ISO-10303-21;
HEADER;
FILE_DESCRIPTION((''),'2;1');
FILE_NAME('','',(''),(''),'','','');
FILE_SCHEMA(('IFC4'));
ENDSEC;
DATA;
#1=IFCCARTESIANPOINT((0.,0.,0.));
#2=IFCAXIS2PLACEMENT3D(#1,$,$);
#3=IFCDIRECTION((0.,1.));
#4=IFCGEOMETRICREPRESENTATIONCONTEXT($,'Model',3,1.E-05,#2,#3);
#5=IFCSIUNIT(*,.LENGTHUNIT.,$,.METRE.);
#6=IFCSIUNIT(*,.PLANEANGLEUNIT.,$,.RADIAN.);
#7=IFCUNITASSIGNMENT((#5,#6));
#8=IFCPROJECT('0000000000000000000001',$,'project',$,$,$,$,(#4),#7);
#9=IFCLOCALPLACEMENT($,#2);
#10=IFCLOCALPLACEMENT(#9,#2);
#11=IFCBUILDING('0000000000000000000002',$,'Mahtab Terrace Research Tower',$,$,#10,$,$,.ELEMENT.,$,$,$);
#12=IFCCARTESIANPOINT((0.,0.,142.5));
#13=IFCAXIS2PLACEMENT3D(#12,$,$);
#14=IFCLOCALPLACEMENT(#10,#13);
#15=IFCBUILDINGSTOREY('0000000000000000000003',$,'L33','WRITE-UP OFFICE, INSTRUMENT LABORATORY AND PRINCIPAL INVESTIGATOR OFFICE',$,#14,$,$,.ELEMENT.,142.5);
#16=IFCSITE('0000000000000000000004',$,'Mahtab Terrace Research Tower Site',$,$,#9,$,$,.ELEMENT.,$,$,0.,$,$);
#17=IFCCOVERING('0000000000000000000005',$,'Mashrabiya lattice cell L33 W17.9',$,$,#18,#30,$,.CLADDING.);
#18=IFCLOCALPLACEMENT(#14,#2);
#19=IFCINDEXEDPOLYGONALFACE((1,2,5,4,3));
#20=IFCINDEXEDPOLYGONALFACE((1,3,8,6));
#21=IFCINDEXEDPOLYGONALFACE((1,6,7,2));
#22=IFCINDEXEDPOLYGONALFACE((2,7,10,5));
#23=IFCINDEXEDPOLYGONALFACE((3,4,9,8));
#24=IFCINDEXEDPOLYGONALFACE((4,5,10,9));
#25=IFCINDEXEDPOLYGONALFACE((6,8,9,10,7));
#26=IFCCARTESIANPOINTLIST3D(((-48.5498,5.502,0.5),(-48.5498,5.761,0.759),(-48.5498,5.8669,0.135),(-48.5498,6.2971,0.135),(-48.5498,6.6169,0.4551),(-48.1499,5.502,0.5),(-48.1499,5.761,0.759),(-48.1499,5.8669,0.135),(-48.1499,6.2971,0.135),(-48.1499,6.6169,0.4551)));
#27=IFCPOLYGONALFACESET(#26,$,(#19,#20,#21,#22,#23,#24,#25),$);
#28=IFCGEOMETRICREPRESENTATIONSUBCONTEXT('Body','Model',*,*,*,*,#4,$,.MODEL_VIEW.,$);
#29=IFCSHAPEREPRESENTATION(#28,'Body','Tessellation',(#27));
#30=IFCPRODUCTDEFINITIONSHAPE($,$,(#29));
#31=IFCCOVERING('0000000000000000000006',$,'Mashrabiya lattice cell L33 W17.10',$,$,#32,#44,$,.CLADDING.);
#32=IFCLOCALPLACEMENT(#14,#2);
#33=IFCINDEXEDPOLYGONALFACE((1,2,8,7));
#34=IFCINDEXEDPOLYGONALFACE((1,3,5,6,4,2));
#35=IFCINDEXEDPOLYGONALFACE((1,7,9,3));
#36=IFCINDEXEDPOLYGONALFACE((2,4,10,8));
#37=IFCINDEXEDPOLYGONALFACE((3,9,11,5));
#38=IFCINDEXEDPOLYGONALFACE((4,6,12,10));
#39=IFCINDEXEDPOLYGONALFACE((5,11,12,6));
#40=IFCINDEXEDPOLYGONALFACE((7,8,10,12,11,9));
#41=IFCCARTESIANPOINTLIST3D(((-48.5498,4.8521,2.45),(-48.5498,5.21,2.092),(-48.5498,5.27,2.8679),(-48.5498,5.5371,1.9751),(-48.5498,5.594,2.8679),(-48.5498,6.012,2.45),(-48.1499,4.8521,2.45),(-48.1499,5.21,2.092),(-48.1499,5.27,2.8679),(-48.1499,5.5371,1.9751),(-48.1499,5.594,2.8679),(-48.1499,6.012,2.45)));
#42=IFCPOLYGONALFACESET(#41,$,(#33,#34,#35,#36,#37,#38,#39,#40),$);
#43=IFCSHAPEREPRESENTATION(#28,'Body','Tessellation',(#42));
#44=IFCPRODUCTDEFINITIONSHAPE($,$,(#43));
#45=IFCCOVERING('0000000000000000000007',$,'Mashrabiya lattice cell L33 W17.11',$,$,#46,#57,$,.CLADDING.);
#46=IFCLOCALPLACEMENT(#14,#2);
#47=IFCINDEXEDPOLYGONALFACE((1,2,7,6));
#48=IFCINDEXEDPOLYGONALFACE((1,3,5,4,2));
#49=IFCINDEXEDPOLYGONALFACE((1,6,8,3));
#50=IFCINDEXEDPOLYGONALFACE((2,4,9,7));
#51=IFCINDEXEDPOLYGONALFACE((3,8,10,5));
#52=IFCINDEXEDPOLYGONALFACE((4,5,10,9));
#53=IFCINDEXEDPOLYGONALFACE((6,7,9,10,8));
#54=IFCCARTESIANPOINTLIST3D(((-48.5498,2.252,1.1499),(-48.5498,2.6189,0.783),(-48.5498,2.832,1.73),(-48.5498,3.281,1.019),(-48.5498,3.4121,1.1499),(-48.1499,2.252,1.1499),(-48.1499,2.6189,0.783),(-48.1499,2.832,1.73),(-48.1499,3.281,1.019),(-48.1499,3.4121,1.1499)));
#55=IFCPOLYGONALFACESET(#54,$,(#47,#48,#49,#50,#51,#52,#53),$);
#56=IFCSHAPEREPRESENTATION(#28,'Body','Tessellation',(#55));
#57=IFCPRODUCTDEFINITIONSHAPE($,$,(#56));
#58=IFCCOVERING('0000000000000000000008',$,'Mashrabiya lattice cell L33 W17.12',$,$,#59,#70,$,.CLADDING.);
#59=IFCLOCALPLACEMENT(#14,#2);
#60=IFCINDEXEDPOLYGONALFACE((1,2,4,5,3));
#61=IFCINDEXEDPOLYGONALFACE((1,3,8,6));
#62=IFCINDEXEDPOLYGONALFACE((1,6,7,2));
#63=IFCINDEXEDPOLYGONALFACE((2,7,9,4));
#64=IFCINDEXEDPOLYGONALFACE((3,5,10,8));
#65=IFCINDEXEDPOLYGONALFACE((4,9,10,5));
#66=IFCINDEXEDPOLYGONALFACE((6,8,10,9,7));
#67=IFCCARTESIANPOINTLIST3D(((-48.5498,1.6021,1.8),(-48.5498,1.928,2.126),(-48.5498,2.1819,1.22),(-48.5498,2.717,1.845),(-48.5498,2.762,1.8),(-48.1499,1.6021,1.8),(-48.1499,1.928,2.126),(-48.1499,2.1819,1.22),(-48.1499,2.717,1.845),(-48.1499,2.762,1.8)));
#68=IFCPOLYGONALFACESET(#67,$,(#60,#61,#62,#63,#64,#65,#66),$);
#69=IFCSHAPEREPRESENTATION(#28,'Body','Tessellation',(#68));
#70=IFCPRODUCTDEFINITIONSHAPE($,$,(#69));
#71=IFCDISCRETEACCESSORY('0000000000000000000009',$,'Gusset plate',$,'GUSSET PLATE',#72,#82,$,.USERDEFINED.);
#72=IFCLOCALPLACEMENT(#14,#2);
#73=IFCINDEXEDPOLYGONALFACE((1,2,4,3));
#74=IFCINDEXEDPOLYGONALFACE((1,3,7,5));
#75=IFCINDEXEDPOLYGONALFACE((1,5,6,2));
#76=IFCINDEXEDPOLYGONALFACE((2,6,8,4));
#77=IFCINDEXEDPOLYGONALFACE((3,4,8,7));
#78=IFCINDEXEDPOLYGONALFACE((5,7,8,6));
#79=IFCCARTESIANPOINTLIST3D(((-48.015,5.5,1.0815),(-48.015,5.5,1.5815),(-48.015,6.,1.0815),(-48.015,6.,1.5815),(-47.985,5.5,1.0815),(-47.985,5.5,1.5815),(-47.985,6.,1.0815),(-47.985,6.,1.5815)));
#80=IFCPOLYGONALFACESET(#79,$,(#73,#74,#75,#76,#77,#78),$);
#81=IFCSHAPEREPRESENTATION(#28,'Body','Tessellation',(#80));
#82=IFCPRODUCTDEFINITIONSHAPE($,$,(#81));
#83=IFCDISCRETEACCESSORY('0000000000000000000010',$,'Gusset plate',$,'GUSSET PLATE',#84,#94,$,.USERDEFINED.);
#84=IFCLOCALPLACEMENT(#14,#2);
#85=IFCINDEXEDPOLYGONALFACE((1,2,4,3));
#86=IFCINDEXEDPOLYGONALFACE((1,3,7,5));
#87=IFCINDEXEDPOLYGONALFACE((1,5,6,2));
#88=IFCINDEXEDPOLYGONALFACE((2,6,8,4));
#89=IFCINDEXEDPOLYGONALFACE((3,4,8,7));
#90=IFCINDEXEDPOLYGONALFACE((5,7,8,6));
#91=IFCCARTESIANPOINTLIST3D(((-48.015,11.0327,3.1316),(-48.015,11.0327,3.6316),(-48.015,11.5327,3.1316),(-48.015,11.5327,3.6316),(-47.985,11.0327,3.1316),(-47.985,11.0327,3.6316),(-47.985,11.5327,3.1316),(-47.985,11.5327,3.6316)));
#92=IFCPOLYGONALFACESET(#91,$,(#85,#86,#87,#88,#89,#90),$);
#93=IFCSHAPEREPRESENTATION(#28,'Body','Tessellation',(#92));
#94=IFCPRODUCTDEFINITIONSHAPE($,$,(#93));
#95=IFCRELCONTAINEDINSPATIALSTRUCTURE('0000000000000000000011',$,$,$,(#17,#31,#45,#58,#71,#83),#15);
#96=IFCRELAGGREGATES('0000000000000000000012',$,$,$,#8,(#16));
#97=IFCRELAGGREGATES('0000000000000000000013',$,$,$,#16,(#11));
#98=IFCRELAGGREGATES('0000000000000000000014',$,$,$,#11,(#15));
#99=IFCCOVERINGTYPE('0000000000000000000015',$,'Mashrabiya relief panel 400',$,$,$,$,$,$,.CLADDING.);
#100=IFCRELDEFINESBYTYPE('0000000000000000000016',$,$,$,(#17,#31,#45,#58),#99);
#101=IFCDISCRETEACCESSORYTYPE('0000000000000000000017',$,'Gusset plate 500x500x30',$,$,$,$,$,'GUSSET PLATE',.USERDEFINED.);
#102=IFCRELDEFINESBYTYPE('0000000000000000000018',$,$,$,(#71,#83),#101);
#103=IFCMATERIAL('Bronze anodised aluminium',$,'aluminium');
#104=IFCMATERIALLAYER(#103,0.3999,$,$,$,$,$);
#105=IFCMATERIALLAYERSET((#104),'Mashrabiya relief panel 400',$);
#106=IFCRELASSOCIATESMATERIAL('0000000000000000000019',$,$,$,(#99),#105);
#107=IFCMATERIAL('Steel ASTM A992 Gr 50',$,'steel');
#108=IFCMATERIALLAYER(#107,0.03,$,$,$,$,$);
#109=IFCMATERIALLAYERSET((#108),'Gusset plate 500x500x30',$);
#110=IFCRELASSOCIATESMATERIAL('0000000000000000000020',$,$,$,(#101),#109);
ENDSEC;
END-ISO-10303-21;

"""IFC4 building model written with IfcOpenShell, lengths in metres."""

from ifc_helpers import new_model, si_unit, direction, frame, origin, origin_2d, place, context, subcontext, project, spatial, polyline, rectangle, outline, extrude, material, layer, layer_set, type_object, element, save


model = new_model("IFC4")

# Units and contexts
model_context = context("Model", 3, precision=1e-05, world=origin(), true_north=direction((0.0, 1.0)))
body_context = subcontext(model_context, "Body", "Model", "MODEL_VIEW")
ifc_project = project(units=[si_unit("LENGTHUNIT", "METRE"), si_unit("PLANEANGLEUNIT", "RADIAN")], contexts=[model_context])

# Site, building, storey
site_placement = place(None, origin())
site = spatial("IfcSite", under=ifc_project, at=site_placement, Name="Mahtab Terrace Research Tower Site", CompositionType="ELEMENT", RefElevation=0.0)
building_placement = place(site_placement, origin())
building = spatial("IfcBuilding", under=site, at=building_placement, Name="Mahtab Terrace Research Tower", CompositionType="ELEMENT")
storey_placement = place(building_placement, frame((0.0, 0.0, 142.5)))
storey = spatial("IfcBuildingStorey", under=building, at=storey_placement, Name="L33", Description="WRITE-UP OFFICE, INSTRUMENT LABORATORY AND PRINCIPAL INVESTIGATOR OFFICE", CompositionType="ELEMENT", Elevation=142.5)

# Shared definitions
ifc_material_1 = material(Name="Steel ASTM A992 Gr 50", Category="steel")

# Coverings
ifc_material_2 = material(Name="Bronze anodised aluminium", Category="aluminium")
ifc_layer_1 = layer(ifc_material_2, 0.3999)
ifc_layer_set_1 = layer_set([ifc_layer_1], Name="Mashrabiya relief panel 400")
covering_type = type_object("IfcCoveringType", Name="Mashrabiya relief panel 400", PredefinedType="CLADDING", material=ifc_layer_set_1)
covering_1_placement = place(storey_placement, frame((-48.1499, 6.6169, 0.4551), z_axis=(1.0, 0.0, 0.0), x_axis=(0.0, -0.942348, 0.334633)))
element("IfcCovering", 1, at=covering_1_placement, inside=storey, type_object=covering_type, Name="Mashrabiya lattice cell L33 W17.9", PredefinedType="CLADDING", context=body_context, shape_type="SweptSolid", body=[
    extrude(outline(polyline([(0.0, 0.0), (0.9083, 0.0), (1.0657, 0.3308), (0.5997, 0.5526), (0.1943, 0.4086), (0.0, 0.0)])), origin(), (0.0, 0.0, -1.0), 0.3999),
])
covering_2_placement = place(storey_placement, frame((-48.1499, 6.012, 2.45), z_axis=(1.0, 0.0, 0.0), x_axis=(0.0, -0.707107, 0.707107)))
element("IfcCovering", 2, at=covering_2_placement, inside=storey, type_object=covering_type, Name="Mashrabiya lattice cell L33 W17.10", PredefinedType="CLADDING", context=body_context, shape_type="SweptSolid", body=[
    extrude(outline(polyline([(0.0, 0.0), (0.5911, 0.0), (0.8202, 0.2291), (0.8202, 0.8202), (0.314, 0.8202), (0.0, 0.6715), (0.0, 0.0)])), origin(), (0.0, 0.0, -1.0), 0.3999),
])
covering_3_placement = place(storey_placement, frame((-48.1499, 3.4121, 1.1499), z_axis=(1.0, 0.0, 0.0), x_axis=(0.0, -0.707107, 0.707107)))
element("IfcCovering", 3, at=covering_3_placement, inside=storey, type_object=covering_type, Name="Mashrabiya lattice cell L33 W17.11", PredefinedType="CLADDING", context=body_context, shape_type="SweptSolid", body=[
    extrude(outline(polyline([(0.0, 0.0), (0.8204, 0.0), (0.8204, 0.8204), (0.3014, 0.8204), (0.0002, 0.1852), (0.0, 0.0)])), origin(), (0.0, 0.0, -1.0), 0.3999),
])
covering_4_placement = place(storey_placement, frame((-48.1499, 1.6021, 1.8), z_axis=(1.0, 0.0, 0.0), x_axis=(0.0, 0.706958, -0.707256)))
element("IfcCovering", 4, at=covering_4_placement, inside=storey, type_object=covering_type, Name="Mashrabiya lattice cell L33 W17.12", PredefinedType="CLADDING", context=body_context, shape_type="SweptSolid", body=[
    extrude(outline(polyline([(0.0, 0.0), (0.8202, 0.0), (0.82, 0.8204), (0.7565, 0.8203), (-0.0001, 0.4609), (0.0, 0.0)])), origin(), (0.0, 0.0, -1.0), 0.3999),
])

# Discrete accessories
ifc_layer_2 = layer(ifc_material_1, 0.03)
ifc_layer_set_2 = layer_set([ifc_layer_2], Name="Gusset plate 500x500x30")
discrete_accessory_type = type_object("IfcDiscreteAccessoryType", Name="Gusset plate 500x500x30", ElementType="GUSSET PLATE", PredefinedType="USERDEFINED", material=ifc_layer_set_2)
for number, where, z_axis, x_axis, name in (
    (5, (-48.0, 5.75, 1.0815), (0.0, 0.0, 1.0), (0.0, 1.0, 0.0), "Gusset plate"),
    (6, (-48.0, 11.2827, 3.1316), (0.0, 0.0, 1.0), (0.0, 1.0, 0.0), "Gusset plate"),
):
    element("IfcDiscreteAccessory", number, at=place(storey_placement, frame(where, z_axis=z_axis, x_axis=x_axis)), inside=storey, type_object=discrete_accessory_type, Name=name, ObjectType="GUSSET PLATE", PredefinedType="USERDEFINED", context=body_context, shape_type="SweptSolid", body=[
        extrude(rectangle(XDim=0.5, YDim=0.03, at=origin_2d()), origin(), (0.0, 0.0, 1.0), 0.5),
    ])

save(model, "model.ifc")
